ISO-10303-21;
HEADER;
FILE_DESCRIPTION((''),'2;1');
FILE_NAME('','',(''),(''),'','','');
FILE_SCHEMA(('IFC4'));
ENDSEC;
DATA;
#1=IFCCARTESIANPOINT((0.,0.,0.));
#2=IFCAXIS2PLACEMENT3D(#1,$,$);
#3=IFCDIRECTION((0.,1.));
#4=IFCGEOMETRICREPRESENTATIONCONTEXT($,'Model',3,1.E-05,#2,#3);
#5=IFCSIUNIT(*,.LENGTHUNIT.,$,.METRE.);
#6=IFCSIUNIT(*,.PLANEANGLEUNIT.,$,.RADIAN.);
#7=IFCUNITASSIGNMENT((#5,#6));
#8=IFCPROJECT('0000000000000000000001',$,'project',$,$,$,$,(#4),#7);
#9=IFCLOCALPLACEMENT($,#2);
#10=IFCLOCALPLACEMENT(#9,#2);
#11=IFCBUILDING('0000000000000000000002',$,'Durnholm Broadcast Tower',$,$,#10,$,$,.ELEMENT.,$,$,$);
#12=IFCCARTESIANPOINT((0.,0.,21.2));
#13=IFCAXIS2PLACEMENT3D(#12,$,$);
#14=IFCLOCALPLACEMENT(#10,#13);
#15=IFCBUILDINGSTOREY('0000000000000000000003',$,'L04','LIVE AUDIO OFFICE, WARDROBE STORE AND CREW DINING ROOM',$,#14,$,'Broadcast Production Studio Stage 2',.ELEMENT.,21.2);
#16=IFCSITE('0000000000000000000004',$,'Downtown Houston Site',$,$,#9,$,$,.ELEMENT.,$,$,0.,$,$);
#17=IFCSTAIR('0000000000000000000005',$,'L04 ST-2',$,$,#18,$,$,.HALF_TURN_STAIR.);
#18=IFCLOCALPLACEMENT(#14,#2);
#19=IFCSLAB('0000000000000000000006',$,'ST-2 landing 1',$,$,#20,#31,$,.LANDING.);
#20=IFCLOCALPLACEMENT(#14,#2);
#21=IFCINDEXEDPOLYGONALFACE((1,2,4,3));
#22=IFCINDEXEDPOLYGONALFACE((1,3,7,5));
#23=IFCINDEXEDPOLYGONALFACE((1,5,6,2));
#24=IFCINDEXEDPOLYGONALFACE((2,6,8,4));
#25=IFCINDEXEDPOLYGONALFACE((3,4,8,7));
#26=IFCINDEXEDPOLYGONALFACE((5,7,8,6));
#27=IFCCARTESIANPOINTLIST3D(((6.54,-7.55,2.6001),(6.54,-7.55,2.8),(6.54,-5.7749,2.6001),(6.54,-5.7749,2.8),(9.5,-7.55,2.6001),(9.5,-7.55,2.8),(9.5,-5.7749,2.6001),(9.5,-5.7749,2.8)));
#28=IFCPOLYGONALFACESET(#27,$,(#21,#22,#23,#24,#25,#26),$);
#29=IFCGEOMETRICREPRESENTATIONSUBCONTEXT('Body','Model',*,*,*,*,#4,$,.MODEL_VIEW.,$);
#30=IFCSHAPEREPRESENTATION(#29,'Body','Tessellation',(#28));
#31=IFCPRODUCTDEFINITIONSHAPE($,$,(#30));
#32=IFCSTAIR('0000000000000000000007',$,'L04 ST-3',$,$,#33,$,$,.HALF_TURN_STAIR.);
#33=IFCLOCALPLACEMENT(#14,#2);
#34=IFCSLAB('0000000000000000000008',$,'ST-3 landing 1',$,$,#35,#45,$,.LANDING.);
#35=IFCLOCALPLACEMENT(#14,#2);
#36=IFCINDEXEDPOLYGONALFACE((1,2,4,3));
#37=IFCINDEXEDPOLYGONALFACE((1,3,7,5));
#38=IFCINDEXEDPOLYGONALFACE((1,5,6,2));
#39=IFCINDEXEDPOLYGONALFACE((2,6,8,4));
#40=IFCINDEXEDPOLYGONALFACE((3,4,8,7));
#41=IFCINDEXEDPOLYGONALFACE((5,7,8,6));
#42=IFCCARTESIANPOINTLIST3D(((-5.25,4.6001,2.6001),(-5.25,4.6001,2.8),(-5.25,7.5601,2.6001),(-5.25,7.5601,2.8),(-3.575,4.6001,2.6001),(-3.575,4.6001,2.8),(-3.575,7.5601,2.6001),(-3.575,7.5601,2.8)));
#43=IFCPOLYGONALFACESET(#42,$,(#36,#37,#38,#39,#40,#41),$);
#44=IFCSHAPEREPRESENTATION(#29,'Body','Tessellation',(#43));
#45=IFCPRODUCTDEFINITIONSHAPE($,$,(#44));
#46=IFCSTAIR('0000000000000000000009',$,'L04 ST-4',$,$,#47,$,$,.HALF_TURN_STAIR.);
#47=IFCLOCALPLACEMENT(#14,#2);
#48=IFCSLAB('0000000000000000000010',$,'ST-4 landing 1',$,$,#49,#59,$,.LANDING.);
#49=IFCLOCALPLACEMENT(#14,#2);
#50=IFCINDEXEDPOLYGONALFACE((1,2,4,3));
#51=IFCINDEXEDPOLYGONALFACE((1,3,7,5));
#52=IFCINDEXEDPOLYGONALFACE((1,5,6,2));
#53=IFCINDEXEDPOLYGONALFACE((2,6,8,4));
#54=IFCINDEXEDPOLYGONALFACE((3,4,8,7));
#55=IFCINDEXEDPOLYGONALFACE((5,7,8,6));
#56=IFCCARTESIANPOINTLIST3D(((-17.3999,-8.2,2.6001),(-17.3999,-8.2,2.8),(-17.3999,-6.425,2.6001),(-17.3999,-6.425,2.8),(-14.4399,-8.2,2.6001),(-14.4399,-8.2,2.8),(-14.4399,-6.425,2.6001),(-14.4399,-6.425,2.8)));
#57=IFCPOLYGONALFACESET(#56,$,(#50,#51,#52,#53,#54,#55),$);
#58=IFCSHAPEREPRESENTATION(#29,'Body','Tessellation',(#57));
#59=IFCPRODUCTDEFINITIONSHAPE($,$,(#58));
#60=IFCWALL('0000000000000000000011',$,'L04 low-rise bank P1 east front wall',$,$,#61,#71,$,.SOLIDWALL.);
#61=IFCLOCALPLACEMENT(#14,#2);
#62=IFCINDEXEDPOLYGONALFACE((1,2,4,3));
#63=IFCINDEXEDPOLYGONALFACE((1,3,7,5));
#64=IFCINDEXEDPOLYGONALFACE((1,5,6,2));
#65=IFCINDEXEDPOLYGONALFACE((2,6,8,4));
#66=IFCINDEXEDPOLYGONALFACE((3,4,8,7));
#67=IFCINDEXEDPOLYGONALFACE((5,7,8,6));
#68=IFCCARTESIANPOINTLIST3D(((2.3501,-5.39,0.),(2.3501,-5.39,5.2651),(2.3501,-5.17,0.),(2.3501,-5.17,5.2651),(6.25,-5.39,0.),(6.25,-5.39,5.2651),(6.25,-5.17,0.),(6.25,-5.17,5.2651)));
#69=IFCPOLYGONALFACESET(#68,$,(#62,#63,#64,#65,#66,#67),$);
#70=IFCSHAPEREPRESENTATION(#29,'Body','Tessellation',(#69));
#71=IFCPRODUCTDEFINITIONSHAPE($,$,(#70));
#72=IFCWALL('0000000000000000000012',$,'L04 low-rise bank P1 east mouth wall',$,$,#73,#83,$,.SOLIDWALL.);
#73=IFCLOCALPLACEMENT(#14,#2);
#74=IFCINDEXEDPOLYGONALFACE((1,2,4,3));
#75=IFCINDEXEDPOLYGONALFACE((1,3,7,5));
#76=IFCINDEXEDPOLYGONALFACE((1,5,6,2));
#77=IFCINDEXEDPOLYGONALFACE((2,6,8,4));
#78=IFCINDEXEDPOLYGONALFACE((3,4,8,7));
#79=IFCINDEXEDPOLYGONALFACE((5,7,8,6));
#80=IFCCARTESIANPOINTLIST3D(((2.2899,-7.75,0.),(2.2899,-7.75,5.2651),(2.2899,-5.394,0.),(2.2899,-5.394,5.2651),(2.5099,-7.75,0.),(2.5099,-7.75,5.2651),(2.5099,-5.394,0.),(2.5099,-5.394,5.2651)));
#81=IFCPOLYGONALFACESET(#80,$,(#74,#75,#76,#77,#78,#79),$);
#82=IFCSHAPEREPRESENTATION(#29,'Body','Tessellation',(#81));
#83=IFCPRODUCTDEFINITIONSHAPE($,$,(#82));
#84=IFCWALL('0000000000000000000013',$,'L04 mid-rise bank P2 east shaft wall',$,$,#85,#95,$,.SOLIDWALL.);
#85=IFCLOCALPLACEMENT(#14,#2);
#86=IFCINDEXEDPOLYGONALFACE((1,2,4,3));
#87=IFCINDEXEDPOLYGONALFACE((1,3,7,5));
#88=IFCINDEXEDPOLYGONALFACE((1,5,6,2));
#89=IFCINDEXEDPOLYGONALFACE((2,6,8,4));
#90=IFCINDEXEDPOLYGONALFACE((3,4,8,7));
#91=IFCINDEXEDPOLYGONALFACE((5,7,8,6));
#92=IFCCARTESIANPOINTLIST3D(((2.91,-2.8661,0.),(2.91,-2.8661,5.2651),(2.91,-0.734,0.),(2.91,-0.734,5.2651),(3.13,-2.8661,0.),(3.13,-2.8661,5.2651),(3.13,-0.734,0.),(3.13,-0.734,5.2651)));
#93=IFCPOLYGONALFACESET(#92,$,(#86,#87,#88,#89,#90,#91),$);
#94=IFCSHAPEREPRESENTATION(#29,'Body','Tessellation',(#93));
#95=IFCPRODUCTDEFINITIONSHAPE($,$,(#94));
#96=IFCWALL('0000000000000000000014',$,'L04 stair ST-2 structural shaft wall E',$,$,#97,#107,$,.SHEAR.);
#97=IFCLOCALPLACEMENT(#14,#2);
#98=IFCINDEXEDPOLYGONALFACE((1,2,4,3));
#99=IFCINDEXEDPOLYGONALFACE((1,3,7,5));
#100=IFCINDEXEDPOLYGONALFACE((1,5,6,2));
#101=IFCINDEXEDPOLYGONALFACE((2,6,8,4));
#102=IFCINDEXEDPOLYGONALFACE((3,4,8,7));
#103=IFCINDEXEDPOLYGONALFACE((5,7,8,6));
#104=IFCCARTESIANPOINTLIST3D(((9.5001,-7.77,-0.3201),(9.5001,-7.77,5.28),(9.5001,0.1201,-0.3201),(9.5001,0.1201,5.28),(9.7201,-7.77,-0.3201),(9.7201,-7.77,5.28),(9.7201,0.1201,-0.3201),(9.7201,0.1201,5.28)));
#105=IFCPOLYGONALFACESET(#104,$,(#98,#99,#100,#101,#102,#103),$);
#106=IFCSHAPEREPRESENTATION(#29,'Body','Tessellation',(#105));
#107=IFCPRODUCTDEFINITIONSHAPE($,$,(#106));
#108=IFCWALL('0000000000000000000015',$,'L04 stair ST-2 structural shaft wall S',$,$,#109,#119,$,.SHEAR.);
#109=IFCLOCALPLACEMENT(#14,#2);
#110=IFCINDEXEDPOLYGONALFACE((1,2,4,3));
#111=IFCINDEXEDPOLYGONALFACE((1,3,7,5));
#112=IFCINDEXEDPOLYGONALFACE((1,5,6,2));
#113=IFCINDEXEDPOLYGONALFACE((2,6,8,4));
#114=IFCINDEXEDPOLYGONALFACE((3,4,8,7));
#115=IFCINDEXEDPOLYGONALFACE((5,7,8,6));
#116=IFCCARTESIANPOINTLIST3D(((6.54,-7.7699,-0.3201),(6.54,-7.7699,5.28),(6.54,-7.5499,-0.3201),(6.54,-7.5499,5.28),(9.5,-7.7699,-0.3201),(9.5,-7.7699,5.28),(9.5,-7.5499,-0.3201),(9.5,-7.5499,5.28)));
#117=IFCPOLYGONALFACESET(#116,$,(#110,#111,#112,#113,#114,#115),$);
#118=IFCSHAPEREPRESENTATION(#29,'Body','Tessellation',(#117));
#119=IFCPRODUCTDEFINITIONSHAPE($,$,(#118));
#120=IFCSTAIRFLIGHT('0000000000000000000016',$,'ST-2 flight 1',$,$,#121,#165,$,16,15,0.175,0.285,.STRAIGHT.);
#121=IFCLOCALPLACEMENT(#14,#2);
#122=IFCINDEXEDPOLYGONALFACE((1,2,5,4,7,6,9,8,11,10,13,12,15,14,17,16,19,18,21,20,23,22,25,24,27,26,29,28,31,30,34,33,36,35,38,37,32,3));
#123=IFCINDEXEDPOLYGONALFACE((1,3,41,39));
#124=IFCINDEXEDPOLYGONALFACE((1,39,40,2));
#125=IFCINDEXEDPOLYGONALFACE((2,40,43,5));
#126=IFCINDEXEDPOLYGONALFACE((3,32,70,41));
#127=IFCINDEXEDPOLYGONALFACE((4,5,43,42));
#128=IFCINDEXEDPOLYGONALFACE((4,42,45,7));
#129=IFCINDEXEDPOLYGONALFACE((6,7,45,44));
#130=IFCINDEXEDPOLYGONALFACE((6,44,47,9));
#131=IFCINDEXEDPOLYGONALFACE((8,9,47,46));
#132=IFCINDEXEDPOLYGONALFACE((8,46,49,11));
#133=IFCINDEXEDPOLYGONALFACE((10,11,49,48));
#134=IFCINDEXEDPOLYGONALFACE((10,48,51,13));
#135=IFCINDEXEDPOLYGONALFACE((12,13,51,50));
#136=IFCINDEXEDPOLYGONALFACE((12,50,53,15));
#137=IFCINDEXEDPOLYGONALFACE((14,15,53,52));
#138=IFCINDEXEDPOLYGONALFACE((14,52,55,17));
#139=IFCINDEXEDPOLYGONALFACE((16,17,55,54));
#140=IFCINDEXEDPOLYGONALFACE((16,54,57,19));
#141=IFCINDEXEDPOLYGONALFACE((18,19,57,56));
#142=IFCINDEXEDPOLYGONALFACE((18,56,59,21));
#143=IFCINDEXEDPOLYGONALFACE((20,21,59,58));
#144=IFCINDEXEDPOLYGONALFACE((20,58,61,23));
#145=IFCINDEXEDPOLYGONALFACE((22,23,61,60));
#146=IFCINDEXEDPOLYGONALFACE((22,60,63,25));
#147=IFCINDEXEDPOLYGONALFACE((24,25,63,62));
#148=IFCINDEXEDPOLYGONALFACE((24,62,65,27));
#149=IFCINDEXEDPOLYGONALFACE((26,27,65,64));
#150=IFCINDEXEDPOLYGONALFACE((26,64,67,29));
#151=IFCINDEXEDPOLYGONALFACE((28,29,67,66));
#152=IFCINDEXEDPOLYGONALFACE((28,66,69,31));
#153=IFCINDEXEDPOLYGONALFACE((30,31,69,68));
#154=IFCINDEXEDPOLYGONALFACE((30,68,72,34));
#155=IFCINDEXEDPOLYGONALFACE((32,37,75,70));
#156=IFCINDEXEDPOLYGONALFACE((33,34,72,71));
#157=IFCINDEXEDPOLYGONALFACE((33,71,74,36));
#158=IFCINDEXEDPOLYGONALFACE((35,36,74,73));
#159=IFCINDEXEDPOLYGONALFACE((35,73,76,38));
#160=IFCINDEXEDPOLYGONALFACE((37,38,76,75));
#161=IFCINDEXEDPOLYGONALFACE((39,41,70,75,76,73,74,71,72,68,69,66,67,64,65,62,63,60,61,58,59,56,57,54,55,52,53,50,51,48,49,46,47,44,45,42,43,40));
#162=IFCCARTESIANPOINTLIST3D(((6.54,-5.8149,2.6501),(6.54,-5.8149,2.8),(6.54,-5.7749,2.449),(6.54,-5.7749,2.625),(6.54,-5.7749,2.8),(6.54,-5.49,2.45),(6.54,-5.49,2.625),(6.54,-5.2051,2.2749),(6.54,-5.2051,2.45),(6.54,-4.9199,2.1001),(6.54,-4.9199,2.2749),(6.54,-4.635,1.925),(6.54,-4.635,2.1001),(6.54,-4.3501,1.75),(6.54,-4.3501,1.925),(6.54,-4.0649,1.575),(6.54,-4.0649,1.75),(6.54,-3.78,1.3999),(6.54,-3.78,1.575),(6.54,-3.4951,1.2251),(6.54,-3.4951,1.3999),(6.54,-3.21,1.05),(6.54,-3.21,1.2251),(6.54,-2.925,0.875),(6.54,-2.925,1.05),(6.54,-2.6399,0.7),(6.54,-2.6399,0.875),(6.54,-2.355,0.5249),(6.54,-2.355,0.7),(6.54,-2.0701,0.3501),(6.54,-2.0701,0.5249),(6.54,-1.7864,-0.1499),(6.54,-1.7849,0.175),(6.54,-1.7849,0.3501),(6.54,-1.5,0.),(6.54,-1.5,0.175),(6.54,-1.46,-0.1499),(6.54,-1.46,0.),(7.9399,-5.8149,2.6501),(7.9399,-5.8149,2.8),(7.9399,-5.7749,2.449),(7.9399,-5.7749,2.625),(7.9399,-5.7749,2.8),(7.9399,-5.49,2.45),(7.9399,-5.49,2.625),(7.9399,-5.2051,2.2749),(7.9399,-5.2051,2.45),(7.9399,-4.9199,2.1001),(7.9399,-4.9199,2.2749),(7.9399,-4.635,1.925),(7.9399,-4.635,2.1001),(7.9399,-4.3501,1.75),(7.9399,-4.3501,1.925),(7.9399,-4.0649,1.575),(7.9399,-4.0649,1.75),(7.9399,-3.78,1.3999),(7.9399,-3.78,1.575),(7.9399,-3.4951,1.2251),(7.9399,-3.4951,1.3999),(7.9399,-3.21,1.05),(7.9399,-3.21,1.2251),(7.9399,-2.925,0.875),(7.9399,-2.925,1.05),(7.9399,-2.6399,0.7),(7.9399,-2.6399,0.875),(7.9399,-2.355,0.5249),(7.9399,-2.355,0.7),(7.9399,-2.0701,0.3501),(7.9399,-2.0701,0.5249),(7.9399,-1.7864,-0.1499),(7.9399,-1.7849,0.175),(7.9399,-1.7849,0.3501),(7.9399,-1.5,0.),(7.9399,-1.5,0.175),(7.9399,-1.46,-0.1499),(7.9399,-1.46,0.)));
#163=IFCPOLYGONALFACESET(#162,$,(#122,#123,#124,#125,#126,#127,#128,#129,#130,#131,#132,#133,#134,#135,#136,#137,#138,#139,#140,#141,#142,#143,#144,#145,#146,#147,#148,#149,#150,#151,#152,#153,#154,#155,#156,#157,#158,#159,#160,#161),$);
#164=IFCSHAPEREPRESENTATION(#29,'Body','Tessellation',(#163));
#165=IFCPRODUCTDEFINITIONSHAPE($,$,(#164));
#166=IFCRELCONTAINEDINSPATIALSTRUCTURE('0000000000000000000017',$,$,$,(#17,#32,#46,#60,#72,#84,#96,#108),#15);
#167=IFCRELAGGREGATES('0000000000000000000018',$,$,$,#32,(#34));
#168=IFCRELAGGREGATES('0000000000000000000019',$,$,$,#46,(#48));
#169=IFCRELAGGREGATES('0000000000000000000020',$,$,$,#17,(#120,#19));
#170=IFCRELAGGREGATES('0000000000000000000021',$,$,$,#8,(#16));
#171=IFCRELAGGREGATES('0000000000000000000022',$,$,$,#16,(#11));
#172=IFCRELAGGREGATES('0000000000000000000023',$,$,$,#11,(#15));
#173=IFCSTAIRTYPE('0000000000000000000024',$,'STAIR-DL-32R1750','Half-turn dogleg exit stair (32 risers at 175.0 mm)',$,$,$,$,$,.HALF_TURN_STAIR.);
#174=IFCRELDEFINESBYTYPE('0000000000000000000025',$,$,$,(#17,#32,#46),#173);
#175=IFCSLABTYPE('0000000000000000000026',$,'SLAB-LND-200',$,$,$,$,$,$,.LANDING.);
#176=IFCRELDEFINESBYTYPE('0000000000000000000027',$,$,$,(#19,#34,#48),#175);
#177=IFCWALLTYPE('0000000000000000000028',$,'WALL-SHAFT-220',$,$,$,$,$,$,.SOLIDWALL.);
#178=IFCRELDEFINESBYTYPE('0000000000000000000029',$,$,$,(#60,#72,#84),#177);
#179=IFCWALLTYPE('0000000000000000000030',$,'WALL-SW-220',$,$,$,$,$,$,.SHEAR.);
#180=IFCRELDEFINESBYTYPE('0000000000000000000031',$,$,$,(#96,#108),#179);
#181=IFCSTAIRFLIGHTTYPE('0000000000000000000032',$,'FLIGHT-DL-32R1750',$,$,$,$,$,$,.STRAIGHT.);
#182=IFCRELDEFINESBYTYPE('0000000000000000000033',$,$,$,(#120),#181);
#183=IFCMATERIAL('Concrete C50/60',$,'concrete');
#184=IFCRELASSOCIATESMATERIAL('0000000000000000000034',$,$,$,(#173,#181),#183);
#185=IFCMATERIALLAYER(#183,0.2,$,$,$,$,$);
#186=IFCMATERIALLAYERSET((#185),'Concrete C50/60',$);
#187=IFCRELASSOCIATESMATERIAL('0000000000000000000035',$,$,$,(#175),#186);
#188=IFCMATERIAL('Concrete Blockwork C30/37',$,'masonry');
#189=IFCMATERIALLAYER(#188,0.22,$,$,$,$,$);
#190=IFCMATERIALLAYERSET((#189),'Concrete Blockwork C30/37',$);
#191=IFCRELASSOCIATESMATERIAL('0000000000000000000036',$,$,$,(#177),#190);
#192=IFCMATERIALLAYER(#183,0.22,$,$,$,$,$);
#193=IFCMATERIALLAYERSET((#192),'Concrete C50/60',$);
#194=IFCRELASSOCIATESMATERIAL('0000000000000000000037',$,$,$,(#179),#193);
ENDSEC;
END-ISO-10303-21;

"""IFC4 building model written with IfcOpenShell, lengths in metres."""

from ifc_helpers import new_model, si_unit, direction, frame, frame_2d, origin, place, context, subcontext, project, spatial, polyline, rectangle, outline, extrude, material, layer, layer_set, type_object, element, aggregate, save


model = new_model("IFC4")

# Units and contexts
model_context = context("Model", 3, precision=1e-05, world=origin(), true_north=direction((0.0, 1.0)))
body_context = subcontext(model_context, "Body", "Model", "MODEL_VIEW")
ifc_project = project(units=[si_unit("LENGTHUNIT", "METRE"), si_unit("PLANEANGLEUNIT", "RADIAN")], contexts=[model_context])

# Site, building, storey
site_placement = place(None, origin())
site = spatial("IfcSite", under=ifc_project, at=site_placement, Name="Downtown Houston Site", CompositionType="ELEMENT", RefElevation=0.0)
building_placement = place(site_placement, origin())
building = spatial("IfcBuilding", under=site, at=building_placement, Name="Durnholm Broadcast Tower", CompositionType="ELEMENT")
storey_placement = place(building_placement, frame((0.0, 0.0, 21.2)))
storey = spatial("IfcBuildingStorey", under=building, at=storey_placement, Name="L04", Description="LIVE AUDIO OFFICE, WARDROBE STORE AND CREW DINING ROOM", LongName="Broadcast Production Studio Stage 2", CompositionType="ELEMENT", Elevation=21.2)

# Shared definitions
ifc_material_1 = material(Name="Concrete C50/60", Category="concrete")

# Stairs, slabs
stair_type = type_object("IfcStairType", Name="STAIR-DL-32R1750", Description="Half-turn dogleg exit stair (32 risers at 175.0 mm)", PredefinedType="HALF_TURN_STAIR", material=ifc_material_1)
ifc_layer_1 = layer(ifc_material_1, 0.2)
ifc_layer_set_1 = layer_set([ifc_layer_1], Name="Concrete C50/60")
slab_type_1 = type_object("IfcSlabType", Name="SLAB-LND-200", PredefinedType="LANDING", material=ifc_layer_set_1)
stair_1_placement = place(storey_placement, origin())
stair_1 = element("IfcStair", 1, at=stair_1_placement, inside=storey, type_object=stair_type, Name="L04 ST-2", PredefinedType="HALF_TURN_STAIR")
slab_1_placement = place(storey_placement, frame((0.0, 0.0, 2.6001)))
slab_1 = element("IfcSlab", 2, at=slab_1_placement, type_object=slab_type_1, Name="ST-2 landing 1", PredefinedType="LANDING", context=body_context, shape_type="SweptSolid", body=[
    extrude(outline(polyline([(6.54, -5.7749), (6.54, -7.55), (9.5, -7.55), (9.5, -5.7749), (6.54, -5.7749)])), origin(), (0.0, 0.0, 1.0), 0.2),
])
stair_2_placement = place(storey_placement, origin())
stair_2 = element("IfcStair", 3, at=stair_2_placement, inside=storey, type_object=stair_type, Name="L04 ST-3", PredefinedType="HALF_TURN_STAIR")
slab_2_placement = place(storey_placement, frame((0.0, 0.0, 2.6001)))
slab_2 = element("IfcSlab", 4, at=slab_2_placement, type_object=slab_type_1, Name="ST-3 landing 1", PredefinedType="LANDING", context=body_context, shape_type="SweptSolid", body=[
    extrude(outline(polyline([(-3.575, 7.5601), (-5.25, 7.5601), (-5.25, 4.6001), (-3.575, 4.6001), (-3.575, 7.5601)])), origin(), (0.0, 0.0, 1.0), 0.2),
])
aggregate(stair_2, [slab_2])
stair_3_placement = place(storey_placement, origin())
stair_3 = element("IfcStair", 5, at=stair_3_placement, inside=storey, type_object=stair_type, Name="L04 ST-4", PredefinedType="HALF_TURN_STAIR")
slab_3_placement = place(storey_placement, frame((0.0, 0.0, 2.6001)))
slab_3 = element("IfcSlab", 6, at=slab_3_placement, type_object=slab_type_1, Name="ST-4 landing 1", PredefinedType="LANDING", context=body_context, shape_type="SweptSolid", body=[
    extrude(outline(polyline([(-17.3999, -6.425), (-17.3999, -8.2), (-14.4399, -8.2), (-14.4399, -6.425), (-17.3999, -6.425)])), origin(), (0.0, 0.0, 1.0), 0.2),
])
aggregate(stair_3, [slab_3])

# Walls
ifc_material_2 = material(Name="Concrete Blockwork C30/37", Category="masonry")
ifc_layer_2 = layer(ifc_material_2, 0.22)
ifc_layer_set_2 = layer_set([ifc_layer_2], Name="Concrete Blockwork C30/37")
wall_type_1 = type_object("IfcWallType", Name="WALL-SHAFT-220", PredefinedType="SOLIDWALL", material=ifc_layer_set_2)
wall_1_placement = place(storey_placement, frame((2.3501, -5.28, 0.0), z_axis=(0.0, 0.0, 1.0), x_axis=(1.0, 0.0, 0.0)))
element("IfcWall", 7, at=wall_1_placement, inside=storey, type_object=wall_type_1, Name="L04 low-rise bank P1 east front wall", PredefinedType="SOLIDWALL", context=body_context, shape_type="SweptSolid", body=[
    extrude(rectangle(XDim=3.8999, YDim=0.22, at=frame_2d((1.95, 0.0))), origin(), (0.0, 0.0, 1.0), 5.2651),
])
wall_2_placement = place(storey_placement, frame((2.3999, -7.75, 0.0), z_axis=(0.0, 0.0, 1.0), x_axis=(0.0, 1.0, 0.0)))
element("IfcWall", 8, at=wall_2_placement, inside=storey, type_object=wall_type_1, Name="L04 low-rise bank P1 east mouth wall", PredefinedType="SOLIDWALL", context=body_context, shape_type="SweptSolid", body=[
    extrude(rectangle(XDim=2.356, YDim=0.22, at=frame_2d((1.178, 0.0))), origin(), (0.0, 0.0, 1.0), 5.2651),
])
wall_3_placement = place(storey_placement, frame((3.02, -2.866, 0.0), z_axis=(0.0, 0.0, 1.0), x_axis=(0.0, 1.0, 0.0)))
element("IfcWall", 9, at=wall_3_placement, inside=storey, type_object=wall_type_1, Name="L04 mid-rise bank P2 east shaft wall", PredefinedType="SOLIDWALL", context=body_context, shape_type="SweptSolid", body=[
    extrude(rectangle(XDim=2.1321, YDim=0.22, at=frame_2d((1.0659, 0.0))), origin(), (0.0, 0.0, 1.0), 5.2651),
])
ifc_layer_3 = layer(ifc_material_1, 0.22)
ifc_layer_set_3 = layer_set([ifc_layer_3], Name="Concrete C50/60")
wall_type_2 = type_object("IfcWallType", Name="WALL-SW-220", PredefinedType="SHEAR", material=ifc_layer_set_3)
wall_4_placement = place(storey_placement, frame((9.6101, -7.77, -0.3201), z_axis=(0.0, 0.0, 1.0), x_axis=(0.0, 1.0, 0.0)))
element("IfcWall", 10, at=wall_4_placement, inside=storey, type_object=wall_type_2, Name="L04 stair ST-2 structural shaft wall E", PredefinedType="SHEAR", context=body_context, shape_type="SweptSolid", body=[
    extrude(rectangle(XDim=7.8901, YDim=0.22, at=frame_2d((3.9451, 0.0))), origin(), (0.0, 0.0, 1.0), 5.6001),
])
wall_5_placement = place(storey_placement, frame((6.54, -7.6599, -0.3201), z_axis=(0.0, 0.0, 1.0), x_axis=(1.0, 0.0, 0.0)))
element("IfcWall", 11, at=wall_5_placement, inside=storey, type_object=wall_type_2, Name="L04 stair ST-2 structural shaft wall S", PredefinedType="SHEAR", context=body_context, shape_type="SweptSolid", body=[
    extrude(rectangle(XDim=2.96, YDim=0.22, at=frame_2d((1.48, 0.0))), origin(), (0.0, 0.0, 1.0), 5.6001),
])

# Stair flight
stair_flight_type = type_object("IfcStairFlightType", Name="FLIGHT-DL-32R1750", PredefinedType="STRAIGHT", material=ifc_material_1)
stair_flight_1_placement = place(storey_placement, frame((7.24, -1.5, 0.0), z_axis=(0.0, 0.0, 1.0), x_axis=(0.0, -1.0, 0.0)))
stair_flight_1 = element("IfcStairFlight", 12, at=stair_flight_1_placement, type_object=stair_flight_type, Name="ST-2 flight 1", NumberOfRisers=16, NumberOfTreads=15, PredefinedType="STRAIGHT", RiserHeight=0.175, TreadLength=0.285, context=body_context, shape_type="SweptSolid", body=[
    extrude(outline(polyline([(-0.04, -0.1499), (-0.04, 0.0), (0.0, 0.0), (0.0, 0.175), (0.2849, 0.175), (0.2849, 0.3501), (0.5701, 0.3501), (0.5701, 0.5249), (0.855, 0.5249), (0.855, 0.7), (1.1399, 0.7), (1.1399, 0.875), (1.425, 0.875), (1.425, 1.05), (1.71, 1.05), (1.71, 1.2251), (1.9951, 1.2251), (1.9951, 1.3999), (2.28, 1.3999), (2.28, 1.575), (2.5649, 1.575), (2.5649, 1.75), (2.8501, 1.75), (2.8501, 1.925), (3.135, 1.925), (3.135, 2.1001), (3.4199, 2.1001), (3.4199, 2.2749), (3.7051, 2.2749), (3.7051, 2.45), (3.99, 2.45), (3.99, 2.625), (4.2749, 2.625), (4.2749, 2.8), (4.3149, 2.8), (4.3149, 2.6501), (4.2749, 2.449), (0.2864, -0.1499), (-0.04, -0.1499)])), frame((0.0, 0.7, 0.0), z_axis=(0.0, -1.0, 0.0), x_axis=(1.0, 0.0, 0.0)), (0.0, 0.0, 1.0), 1.3999),
])
aggregate(stair_1, [stair_flight_1, slab_1])

save(model, "model.ifc")
